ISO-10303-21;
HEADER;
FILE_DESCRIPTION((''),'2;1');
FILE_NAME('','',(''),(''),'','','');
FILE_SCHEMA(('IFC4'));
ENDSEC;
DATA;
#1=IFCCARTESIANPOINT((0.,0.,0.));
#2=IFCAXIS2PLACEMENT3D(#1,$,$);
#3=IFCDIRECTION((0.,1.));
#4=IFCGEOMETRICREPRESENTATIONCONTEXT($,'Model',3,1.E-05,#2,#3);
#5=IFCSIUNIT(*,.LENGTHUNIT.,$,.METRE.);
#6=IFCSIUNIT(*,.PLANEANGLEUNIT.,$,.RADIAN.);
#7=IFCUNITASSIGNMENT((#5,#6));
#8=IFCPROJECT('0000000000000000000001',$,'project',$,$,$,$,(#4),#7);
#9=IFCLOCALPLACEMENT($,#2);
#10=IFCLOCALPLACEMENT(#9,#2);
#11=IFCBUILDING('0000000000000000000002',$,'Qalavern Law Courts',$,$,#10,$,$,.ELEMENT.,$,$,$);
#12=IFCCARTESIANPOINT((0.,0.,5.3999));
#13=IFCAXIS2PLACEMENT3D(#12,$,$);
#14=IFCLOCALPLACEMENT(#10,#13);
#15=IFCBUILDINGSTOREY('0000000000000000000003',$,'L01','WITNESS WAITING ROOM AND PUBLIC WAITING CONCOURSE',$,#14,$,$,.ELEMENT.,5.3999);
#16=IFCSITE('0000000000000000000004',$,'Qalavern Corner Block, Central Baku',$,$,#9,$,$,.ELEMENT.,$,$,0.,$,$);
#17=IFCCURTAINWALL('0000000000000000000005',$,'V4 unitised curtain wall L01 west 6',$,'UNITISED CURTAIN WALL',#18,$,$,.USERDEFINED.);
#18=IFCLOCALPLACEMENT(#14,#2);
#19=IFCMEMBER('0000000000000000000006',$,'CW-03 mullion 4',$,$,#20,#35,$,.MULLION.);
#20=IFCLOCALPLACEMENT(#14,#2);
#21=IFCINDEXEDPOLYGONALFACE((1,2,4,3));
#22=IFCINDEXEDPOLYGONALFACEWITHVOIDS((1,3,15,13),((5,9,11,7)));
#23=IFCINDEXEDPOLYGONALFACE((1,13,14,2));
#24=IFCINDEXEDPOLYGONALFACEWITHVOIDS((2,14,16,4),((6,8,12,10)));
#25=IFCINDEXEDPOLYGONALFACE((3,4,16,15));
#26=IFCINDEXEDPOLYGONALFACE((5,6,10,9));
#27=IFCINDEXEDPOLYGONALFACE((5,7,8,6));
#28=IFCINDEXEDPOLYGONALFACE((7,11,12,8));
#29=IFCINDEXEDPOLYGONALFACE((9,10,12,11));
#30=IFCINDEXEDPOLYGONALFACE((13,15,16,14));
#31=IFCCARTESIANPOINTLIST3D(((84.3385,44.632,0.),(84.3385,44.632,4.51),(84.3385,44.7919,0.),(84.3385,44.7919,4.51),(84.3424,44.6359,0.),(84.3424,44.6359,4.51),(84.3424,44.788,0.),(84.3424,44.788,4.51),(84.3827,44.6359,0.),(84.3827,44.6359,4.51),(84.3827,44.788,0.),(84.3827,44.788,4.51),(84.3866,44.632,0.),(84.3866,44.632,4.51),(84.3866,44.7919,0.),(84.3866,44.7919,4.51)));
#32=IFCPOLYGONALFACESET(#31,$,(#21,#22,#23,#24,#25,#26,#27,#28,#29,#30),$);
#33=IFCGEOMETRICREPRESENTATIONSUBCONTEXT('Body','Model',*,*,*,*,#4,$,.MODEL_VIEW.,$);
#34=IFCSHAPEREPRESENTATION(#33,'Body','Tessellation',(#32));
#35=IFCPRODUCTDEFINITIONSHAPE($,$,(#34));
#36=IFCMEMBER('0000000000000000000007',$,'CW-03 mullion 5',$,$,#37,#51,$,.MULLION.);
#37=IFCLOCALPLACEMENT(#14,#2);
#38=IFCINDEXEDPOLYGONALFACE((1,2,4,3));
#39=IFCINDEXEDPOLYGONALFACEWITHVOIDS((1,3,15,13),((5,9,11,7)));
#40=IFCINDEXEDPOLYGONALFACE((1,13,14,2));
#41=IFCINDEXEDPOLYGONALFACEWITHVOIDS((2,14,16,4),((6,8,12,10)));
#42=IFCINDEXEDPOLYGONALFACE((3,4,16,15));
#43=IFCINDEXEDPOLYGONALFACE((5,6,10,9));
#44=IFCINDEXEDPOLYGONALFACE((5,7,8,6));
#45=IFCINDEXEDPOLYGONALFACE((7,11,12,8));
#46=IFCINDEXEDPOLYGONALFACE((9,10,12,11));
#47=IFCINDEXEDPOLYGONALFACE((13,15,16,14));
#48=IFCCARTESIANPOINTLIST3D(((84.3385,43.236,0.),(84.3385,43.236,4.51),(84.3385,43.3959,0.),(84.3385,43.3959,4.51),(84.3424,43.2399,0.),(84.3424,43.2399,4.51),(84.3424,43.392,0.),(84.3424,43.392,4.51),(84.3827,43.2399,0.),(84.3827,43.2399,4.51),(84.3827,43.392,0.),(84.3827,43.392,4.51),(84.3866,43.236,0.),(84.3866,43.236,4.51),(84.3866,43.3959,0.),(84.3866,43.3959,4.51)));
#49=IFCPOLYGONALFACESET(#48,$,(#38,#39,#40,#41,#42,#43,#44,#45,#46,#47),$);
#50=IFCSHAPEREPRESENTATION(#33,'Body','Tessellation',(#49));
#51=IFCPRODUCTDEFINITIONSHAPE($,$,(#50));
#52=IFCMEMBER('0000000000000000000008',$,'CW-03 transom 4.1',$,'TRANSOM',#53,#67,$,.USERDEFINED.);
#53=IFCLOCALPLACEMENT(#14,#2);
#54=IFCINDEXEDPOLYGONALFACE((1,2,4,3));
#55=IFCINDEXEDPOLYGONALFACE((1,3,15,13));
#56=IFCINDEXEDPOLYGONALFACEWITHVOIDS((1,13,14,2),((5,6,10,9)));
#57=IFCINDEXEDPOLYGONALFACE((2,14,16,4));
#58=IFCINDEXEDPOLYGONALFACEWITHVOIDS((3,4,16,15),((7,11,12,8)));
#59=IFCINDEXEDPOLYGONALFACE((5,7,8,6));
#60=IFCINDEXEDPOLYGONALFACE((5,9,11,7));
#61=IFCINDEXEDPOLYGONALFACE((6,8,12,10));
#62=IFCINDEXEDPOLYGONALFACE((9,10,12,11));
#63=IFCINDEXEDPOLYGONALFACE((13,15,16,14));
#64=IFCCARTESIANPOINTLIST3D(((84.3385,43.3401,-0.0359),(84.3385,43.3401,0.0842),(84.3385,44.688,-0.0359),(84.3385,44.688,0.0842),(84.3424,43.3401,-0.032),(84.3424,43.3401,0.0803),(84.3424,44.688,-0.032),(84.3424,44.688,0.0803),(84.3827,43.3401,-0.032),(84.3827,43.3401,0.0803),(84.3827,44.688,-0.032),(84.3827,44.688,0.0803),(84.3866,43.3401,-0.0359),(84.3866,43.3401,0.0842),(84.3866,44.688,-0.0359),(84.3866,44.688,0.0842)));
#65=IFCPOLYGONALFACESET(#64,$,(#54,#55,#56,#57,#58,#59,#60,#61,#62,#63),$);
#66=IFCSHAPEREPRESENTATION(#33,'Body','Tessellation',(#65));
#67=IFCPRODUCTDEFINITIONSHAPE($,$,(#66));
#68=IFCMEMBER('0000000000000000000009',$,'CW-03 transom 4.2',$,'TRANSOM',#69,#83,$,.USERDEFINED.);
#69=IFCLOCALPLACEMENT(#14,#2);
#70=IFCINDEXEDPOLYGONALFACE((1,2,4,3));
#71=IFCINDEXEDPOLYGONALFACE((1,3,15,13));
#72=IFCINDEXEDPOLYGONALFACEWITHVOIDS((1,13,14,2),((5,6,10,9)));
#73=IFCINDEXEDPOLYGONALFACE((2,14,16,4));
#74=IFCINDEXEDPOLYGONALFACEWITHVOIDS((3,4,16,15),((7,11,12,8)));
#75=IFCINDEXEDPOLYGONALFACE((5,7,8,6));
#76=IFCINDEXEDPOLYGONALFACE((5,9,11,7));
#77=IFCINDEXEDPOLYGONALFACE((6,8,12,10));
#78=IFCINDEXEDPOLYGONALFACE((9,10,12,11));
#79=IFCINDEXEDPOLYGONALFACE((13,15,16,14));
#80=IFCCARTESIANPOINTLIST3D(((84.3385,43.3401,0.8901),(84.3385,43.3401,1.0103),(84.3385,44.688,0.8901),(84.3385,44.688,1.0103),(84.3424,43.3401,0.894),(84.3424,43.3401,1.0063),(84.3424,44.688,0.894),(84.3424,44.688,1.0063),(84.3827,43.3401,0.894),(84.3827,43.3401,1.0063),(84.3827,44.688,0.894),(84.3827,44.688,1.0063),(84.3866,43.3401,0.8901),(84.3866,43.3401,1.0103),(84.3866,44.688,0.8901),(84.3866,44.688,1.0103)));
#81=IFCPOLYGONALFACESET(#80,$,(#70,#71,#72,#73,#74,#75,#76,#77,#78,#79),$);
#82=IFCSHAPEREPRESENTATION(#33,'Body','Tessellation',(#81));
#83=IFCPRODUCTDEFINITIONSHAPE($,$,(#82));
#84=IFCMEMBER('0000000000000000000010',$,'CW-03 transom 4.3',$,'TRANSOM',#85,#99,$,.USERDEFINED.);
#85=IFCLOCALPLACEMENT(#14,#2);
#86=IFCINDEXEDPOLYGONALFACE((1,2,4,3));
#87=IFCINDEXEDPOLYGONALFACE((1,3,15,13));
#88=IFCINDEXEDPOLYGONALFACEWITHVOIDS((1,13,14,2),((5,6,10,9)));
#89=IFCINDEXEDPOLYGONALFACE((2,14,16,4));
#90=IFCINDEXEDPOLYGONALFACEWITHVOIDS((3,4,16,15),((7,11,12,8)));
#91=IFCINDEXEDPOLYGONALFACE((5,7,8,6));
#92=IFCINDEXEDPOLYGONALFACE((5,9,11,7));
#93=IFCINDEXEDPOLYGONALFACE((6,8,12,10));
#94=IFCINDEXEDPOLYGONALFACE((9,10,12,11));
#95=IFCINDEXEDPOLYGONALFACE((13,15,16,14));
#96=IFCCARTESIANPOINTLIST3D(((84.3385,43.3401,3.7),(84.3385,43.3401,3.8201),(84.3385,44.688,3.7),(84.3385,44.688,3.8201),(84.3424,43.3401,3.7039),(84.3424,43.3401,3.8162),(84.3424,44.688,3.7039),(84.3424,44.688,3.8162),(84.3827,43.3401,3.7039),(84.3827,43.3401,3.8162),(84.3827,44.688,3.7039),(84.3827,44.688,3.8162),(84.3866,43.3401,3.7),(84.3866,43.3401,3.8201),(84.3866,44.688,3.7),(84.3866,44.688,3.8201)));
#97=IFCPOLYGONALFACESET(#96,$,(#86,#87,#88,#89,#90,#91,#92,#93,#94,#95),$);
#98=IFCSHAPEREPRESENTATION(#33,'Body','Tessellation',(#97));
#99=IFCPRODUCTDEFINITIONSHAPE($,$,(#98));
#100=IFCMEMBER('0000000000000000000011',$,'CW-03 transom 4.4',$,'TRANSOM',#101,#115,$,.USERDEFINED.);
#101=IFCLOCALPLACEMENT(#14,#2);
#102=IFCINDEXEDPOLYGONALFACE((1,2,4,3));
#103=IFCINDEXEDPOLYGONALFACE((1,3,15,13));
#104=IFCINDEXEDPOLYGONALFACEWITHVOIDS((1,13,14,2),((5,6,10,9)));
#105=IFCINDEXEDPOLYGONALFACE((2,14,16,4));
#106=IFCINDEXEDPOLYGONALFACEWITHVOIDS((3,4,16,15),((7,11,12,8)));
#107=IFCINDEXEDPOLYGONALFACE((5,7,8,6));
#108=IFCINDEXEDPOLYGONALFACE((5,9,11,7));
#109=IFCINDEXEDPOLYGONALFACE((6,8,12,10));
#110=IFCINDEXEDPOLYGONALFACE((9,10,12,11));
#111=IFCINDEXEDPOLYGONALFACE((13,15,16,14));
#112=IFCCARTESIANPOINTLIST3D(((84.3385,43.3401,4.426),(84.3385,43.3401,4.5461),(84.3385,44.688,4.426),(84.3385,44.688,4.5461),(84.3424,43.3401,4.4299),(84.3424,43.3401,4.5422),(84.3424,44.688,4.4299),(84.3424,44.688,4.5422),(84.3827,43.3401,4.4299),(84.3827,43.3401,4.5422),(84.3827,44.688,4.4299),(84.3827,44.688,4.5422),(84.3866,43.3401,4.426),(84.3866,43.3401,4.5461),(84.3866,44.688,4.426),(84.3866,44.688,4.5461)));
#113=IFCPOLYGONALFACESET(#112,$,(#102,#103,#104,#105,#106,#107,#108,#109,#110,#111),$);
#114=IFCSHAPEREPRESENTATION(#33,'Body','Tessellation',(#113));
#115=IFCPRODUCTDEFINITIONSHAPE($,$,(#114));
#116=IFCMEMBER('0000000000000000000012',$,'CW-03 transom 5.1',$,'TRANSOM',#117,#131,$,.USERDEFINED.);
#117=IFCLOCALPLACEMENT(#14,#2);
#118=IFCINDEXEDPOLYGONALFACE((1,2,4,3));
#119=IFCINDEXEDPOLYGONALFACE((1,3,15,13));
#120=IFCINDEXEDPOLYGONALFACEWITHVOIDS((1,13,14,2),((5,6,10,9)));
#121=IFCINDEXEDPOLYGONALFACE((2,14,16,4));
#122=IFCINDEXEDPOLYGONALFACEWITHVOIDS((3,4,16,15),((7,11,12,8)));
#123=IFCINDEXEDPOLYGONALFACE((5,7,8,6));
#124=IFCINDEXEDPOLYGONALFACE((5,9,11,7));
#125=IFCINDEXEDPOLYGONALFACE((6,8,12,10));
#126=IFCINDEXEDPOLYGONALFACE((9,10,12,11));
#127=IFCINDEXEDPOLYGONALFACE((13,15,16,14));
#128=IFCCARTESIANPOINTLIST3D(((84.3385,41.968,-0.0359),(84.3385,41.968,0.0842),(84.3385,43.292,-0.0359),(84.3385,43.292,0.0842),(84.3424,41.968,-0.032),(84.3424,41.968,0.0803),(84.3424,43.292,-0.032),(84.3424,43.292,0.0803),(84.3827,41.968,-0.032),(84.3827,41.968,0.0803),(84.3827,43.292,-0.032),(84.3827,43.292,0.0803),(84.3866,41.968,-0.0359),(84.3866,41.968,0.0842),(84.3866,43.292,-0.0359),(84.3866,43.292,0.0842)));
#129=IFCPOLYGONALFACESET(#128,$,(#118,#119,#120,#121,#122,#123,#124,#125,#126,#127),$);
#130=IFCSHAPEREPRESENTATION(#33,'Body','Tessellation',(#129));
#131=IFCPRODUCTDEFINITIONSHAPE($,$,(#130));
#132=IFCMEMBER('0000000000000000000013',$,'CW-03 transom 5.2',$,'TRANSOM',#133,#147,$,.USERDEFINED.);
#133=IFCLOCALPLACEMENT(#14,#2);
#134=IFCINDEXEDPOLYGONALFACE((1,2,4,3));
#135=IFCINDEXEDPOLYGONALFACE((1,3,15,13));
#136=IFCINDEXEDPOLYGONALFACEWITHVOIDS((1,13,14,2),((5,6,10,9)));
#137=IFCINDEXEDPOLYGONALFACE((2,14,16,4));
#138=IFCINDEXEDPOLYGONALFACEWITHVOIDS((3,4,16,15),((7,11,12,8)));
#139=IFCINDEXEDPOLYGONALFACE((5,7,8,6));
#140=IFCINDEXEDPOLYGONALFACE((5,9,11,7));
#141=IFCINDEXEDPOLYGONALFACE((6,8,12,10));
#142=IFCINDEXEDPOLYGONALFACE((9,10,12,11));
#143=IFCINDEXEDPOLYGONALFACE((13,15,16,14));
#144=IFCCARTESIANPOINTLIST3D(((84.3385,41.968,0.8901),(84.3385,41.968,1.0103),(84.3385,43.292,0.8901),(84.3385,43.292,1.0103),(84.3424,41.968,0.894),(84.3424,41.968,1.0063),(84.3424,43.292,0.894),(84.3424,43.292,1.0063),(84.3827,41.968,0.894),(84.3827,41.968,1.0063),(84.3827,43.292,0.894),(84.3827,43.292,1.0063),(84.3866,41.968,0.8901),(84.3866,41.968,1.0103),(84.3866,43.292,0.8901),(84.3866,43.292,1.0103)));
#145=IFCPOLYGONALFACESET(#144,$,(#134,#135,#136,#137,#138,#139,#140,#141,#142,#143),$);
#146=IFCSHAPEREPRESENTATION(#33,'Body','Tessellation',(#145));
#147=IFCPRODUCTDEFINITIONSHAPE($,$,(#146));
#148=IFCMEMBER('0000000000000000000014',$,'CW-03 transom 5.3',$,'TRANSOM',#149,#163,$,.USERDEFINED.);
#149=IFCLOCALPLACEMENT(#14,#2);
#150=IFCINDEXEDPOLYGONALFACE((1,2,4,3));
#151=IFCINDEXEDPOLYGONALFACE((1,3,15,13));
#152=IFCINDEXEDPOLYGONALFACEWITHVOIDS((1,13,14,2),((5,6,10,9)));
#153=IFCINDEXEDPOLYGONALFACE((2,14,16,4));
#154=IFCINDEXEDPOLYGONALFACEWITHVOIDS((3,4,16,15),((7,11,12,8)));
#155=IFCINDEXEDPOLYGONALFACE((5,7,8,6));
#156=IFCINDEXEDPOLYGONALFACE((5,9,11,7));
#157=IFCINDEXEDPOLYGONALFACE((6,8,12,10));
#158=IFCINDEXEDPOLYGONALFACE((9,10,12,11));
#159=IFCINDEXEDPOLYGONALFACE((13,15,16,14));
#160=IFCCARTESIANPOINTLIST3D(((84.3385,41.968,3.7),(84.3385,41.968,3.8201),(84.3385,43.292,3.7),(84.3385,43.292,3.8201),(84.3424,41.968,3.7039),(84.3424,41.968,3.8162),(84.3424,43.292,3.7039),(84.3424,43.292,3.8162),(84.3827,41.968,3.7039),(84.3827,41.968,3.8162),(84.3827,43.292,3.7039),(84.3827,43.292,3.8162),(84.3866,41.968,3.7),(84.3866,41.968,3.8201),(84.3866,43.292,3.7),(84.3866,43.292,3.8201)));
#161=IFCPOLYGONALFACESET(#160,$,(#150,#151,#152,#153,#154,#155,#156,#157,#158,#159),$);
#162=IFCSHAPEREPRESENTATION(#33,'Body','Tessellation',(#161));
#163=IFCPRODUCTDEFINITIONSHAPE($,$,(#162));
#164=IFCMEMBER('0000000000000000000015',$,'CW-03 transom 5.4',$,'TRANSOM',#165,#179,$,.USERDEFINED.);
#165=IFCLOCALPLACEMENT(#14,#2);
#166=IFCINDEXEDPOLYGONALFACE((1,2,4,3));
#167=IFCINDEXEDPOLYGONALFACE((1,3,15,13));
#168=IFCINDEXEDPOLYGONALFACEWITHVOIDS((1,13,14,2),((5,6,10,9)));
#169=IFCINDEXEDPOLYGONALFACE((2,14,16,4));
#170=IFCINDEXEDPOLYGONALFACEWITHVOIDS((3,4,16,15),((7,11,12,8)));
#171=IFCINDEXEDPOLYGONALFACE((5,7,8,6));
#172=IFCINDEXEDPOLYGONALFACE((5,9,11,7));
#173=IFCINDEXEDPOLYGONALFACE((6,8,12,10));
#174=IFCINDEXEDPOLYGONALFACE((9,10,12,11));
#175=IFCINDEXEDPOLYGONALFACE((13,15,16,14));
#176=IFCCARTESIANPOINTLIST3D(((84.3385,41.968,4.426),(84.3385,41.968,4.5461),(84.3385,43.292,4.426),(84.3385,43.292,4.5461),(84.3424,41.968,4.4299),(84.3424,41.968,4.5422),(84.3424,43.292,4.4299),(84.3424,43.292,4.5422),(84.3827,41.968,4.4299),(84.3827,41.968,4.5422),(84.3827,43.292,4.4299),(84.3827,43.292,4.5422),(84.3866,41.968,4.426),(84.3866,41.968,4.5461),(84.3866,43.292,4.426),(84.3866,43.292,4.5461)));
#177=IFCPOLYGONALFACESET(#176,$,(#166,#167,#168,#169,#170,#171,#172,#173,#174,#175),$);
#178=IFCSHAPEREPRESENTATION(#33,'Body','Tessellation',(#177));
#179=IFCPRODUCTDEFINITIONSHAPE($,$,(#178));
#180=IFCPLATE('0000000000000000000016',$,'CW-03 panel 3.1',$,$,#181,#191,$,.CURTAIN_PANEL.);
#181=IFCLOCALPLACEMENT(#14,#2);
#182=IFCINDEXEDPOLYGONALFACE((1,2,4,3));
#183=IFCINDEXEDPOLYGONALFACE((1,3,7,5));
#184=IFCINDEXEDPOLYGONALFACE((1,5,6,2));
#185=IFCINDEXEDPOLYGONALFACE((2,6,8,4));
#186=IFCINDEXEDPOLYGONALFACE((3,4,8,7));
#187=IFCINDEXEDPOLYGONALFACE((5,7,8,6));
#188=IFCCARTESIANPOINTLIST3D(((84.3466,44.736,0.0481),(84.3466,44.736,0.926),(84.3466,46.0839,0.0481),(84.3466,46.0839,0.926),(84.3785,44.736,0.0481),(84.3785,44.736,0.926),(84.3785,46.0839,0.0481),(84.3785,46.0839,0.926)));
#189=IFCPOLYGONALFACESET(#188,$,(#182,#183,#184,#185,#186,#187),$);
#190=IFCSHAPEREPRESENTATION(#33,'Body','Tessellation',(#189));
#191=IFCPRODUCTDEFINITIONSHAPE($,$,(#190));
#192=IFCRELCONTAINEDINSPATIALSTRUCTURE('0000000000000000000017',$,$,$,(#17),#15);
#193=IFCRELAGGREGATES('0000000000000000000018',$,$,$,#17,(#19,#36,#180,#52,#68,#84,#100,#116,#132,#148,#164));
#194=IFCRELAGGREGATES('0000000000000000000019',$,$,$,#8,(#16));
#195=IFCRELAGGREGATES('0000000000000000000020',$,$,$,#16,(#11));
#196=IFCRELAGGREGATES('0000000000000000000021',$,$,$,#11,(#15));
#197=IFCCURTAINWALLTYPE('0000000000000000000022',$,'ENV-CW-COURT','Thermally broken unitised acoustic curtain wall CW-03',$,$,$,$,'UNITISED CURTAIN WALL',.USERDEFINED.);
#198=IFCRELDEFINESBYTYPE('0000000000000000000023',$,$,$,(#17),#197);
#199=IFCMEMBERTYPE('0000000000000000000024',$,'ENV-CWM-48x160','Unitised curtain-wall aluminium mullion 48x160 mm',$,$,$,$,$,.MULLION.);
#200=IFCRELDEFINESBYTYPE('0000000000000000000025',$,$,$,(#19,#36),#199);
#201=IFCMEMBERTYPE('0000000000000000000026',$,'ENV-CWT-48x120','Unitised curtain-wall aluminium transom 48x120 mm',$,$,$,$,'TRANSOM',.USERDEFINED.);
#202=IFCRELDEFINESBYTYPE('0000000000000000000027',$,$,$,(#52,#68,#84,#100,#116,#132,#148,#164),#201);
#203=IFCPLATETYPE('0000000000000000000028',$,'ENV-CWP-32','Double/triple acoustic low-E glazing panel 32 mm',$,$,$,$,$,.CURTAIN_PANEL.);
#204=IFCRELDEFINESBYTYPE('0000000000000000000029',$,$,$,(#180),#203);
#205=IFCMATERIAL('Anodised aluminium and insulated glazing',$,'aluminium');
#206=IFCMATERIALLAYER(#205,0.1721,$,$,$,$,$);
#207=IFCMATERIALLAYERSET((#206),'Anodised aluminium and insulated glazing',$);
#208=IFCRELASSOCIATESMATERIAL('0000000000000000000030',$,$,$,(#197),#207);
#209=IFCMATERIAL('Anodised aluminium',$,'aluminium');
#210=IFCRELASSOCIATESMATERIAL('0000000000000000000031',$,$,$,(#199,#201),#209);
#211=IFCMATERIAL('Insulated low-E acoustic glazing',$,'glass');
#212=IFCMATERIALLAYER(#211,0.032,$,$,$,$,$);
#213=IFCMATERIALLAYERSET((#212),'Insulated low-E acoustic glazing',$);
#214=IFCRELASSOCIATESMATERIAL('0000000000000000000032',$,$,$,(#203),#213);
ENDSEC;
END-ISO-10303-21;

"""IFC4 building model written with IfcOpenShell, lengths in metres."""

from ifc_helpers import new_model, si_unit, direction, frame, origin, origin_2d, place, context, subcontext, project, spatial, rectangle, hollow_rectangle, extrude, material, layer, layer_set, material_profile, profile_set, type_object, element, aggregate, save


model = new_model("IFC4")

# Units and contexts
model_context = context("Model", 3, precision=1e-05, world=origin(), true_north=direction((0.0, 1.0)))
body_context = subcontext(model_context, "Body", "Model", "MODEL_VIEW")
ifc_project = project(units=[si_unit("LENGTHUNIT", "METRE"), si_unit("PLANEANGLEUNIT", "RADIAN")], contexts=[model_context])

# Site, building, storey
site_placement = place(None, origin())
site = spatial("IfcSite", under=ifc_project, at=site_placement, Name="Qalavern Corner Block, Central Baku", CompositionType="ELEMENT", RefElevation=0.0)
building_placement = place(site_placement, origin())
building = spatial("IfcBuilding", under=site, at=building_placement, Name="Qalavern Law Courts", CompositionType="ELEMENT")
storey_placement = place(building_placement, frame((0.0, 0.0, 5.3999)))
storey = spatial("IfcBuildingStorey", under=building, at=storey_placement, Name="L01", Description="WITNESS WAITING ROOM AND PUBLIC WAITING CONCOURSE", CompositionType="ELEMENT", Elevation=5.3999)

# Curtain wall, members, plate
ifc_material_1 = material(Name="Anodised aluminium and insulated glazing", Category="aluminium")
ifc_layer_1 = layer(ifc_material_1, 0.1721)
ifc_layer_set_1 = layer_set([ifc_layer_1], Name="Anodised aluminium and insulated glazing")
curtain_wall_type = type_object("IfcCurtainWallType", Name="ENV-CW-COURT", Description="Thermally broken unitised acoustic curtain wall CW-03", ElementType="UNITISED CURTAIN WALL", PredefinedType="USERDEFINED", material=ifc_layer_set_1)
curtain_wall_placement = place(storey_placement, origin())
curtain_wall = element("IfcCurtainWall", 1, at=curtain_wall_placement, inside=storey, type_object=curtain_wall_type, Name="V4 unitised curtain wall L01 west 6", ObjectType="UNITISED CURTAIN WALL", PredefinedType="USERDEFINED")
ifc_material_2 = material(Name="Anodised aluminium", Category="aluminium")
ifc_material_profile_1 = material_profile(ifc_material_2, hollow_rectangle(XDim=0.0481, YDim=0.1599, WallThickness=0.0039, at=origin_2d()), Name="ALU MULLION 48x160")
ifc_profile_set_1 = profile_set([ifc_material_profile_1], Name="Anodised aluminium")
member_type_1 = type_object("IfcMemberType", Name="ENV-CWM-48x160", Description="Unitised curtain-wall aluminium mullion 48x160 mm", PredefinedType="MULLION", material=ifc_profile_set_1)
member_1_placement = place(storey_placement, frame((84.3625, 44.7119, 0.0), z_axis=(0.0, 0.0, 1.0), x_axis=(1.0, 0.0, 0.0)))
member_1 = element("IfcMember", 2, at=member_1_placement, type_object=member_type_1, Name="CW-03 mullion 4", PredefinedType="MULLION", context=body_context, shape_type="SweptSolid", body=[
    extrude(hollow_rectangle(XDim=0.0481, YDim=0.1599, WallThickness=0.0039, at=origin_2d()), origin(), (0.0, 0.0, 1.0), 4.51),
])
member_2_placement = place(storey_placement, frame((84.3625, 43.3159, 0.0), z_axis=(0.0, 0.0, 1.0), x_axis=(1.0, 0.0, 0.0)))
member_2 = element("IfcMember", 3, at=member_2_placement, type_object=member_type_1, Name="CW-03 mullion 5", PredefinedType="MULLION", context=body_context, shape_type="SweptSolid", body=[
    extrude(hollow_rectangle(XDim=0.0481, YDim=0.1599, WallThickness=0.0039, at=origin_2d()), origin(), (0.0, 0.0, 1.0), 4.51),
])
ifc_material_profile_2 = material_profile(ifc_material_2, hollow_rectangle(XDim=0.0481, YDim=0.1201, WallThickness=0.0039, at=origin_2d()), Name="ALU TRANSOM 48x120")
ifc_profile_set_2 = profile_set([ifc_material_profile_2], Name="Anodised aluminium")
member_type_2 = type_object("IfcMemberType", Name="ENV-CWT-48x120", Description="Unitised curtain-wall aluminium transom 48x120 mm", ElementType="TRANSOM", PredefinedType="USERDEFINED", material=ifc_profile_set_2)
member_3_placement = place(storey_placement, frame((84.3625, 44.688, 0.0242), z_axis=(0.0, -1.0, 0.0), x_axis=(1.0, 0.0, 0.0)))
member_3 = element("IfcMember", 4, at=member_3_placement, type_object=member_type_2, Name="CW-03 transom 4.1", ObjectType="TRANSOM", PredefinedType="USERDEFINED", context=body_context, shape_type="SweptSolid", body=[
    extrude(hollow_rectangle(XDim=0.0481, YDim=0.1201, WallThickness=0.0039, at=origin_2d()), origin(), (0.0, 0.0, 1.0), 1.3479),
])
member_4_placement = place(storey_placement, frame((84.3625, 44.688, 0.9502), z_axis=(0.0, -1.0, 0.0), x_axis=(1.0, 0.0, 0.0)))
member_4 = element("IfcMember", 5, at=member_4_placement, type_object=member_type_2, Name="CW-03 transom 4.2", ObjectType="TRANSOM", PredefinedType="USERDEFINED", context=body_context, shape_type="SweptSolid", body=[
    extrude(hollow_rectangle(XDim=0.0481, YDim=0.1201, WallThickness=0.0039, at=origin_2d()), origin(), (0.0, 0.0, 1.0), 1.3479),
])
member_5_placement = place(storey_placement, frame((84.3625, 44.688, 3.76), z_axis=(0.0, -1.0, 0.0), x_axis=(1.0, 0.0, 0.0)))
member_5 = element("IfcMember", 6, at=member_5_placement, type_object=member_type_2, Name="CW-03 transom 4.3", ObjectType="TRANSOM", PredefinedType="USERDEFINED", context=body_context, shape_type="SweptSolid", body=[
    extrude(hollow_rectangle(XDim=0.0481, YDim=0.1201, WallThickness=0.0039, at=origin_2d()), origin(), (0.0, 0.0, 1.0), 1.3479),
])
member_6_placement = place(storey_placement, frame((84.3625, 44.688, 4.4861), z_axis=(0.0, -1.0, 0.0), x_axis=(1.0, 0.0, 0.0)))
member_6 = element("IfcMember", 7, at=member_6_placement, type_object=member_type_2, Name="CW-03 transom 4.4", ObjectType="TRANSOM", PredefinedType="USERDEFINED", context=body_context, shape_type="SweptSolid", body=[
    extrude(hollow_rectangle(XDim=0.0481, YDim=0.1201, WallThickness=0.0039, at=origin_2d()), origin(), (0.0, 0.0, 1.0), 1.3479),
])
member_7_placement = place(storey_placement, frame((84.3625, 43.292, 0.0242), z_axis=(0.0, -1.0, 0.0), x_axis=(1.0, 0.0, 0.0)))
member_7 = element("IfcMember", 8, at=member_7_placement, type_object=member_type_2, Name="CW-03 transom 5.1", ObjectType="TRANSOM", PredefinedType="USERDEFINED", context=body_context, shape_type="SweptSolid", body=[
    extrude(hollow_rectangle(XDim=0.0481, YDim=0.1201, WallThickness=0.0039, at=origin_2d()), origin(), (0.0, 0.0, 1.0), 1.324),
])
member_8_placement = place(storey_placement, frame((84.3625, 43.292, 0.9502), z_axis=(0.0, -1.0, 0.0), x_axis=(1.0, 0.0, 0.0)))
member_8 = element("IfcMember", 9, at=member_8_placement, type_object=member_type_2, Name="CW-03 transom 5.2", ObjectType="TRANSOM", PredefinedType="USERDEFINED", context=body_context, shape_type="SweptSolid", body=[
    extrude(hollow_rectangle(XDim=0.0481, YDim=0.1201, WallThickness=0.0039, at=origin_2d()), origin(), (0.0, 0.0, 1.0), 1.324),
])
member_9_placement = place(storey_placement, frame((84.3625, 43.292, 3.76), z_axis=(0.0, -1.0, 0.0), x_axis=(1.0, 0.0, 0.0)))
member_9 = element("IfcMember", 10, at=member_9_placement, type_object=member_type_2, Name="CW-03 transom 5.3", ObjectType="TRANSOM", PredefinedType="USERDEFINED", context=body_context, shape_type="SweptSolid", body=[
    extrude(hollow_rectangle(XDim=0.0481, YDim=0.1201, WallThickness=0.0039, at=origin_2d()), origin(), (0.0, 0.0, 1.0), 1.324),
])
member_10_placement = place(storey_placement, frame((84.3625, 43.292, 4.4861), z_axis=(0.0, -1.0, 0.0), x_axis=(1.0, 0.0, 0.0)))
member_10 = element("IfcMember", 11, at=member_10_placement, type_object=member_type_2, Name="CW-03 transom 5.4", ObjectType="TRANSOM", PredefinedType="USERDEFINED", context=body_context, shape_type="SweptSolid", body=[
    extrude(hollow_rectangle(XDim=0.0481, YDim=0.1201, WallThickness=0.0039, at=origin_2d()), origin(), (0.0, 0.0, 1.0), 1.324),
])
ifc_material_3 = material(Name="Insulated low-E acoustic glazing", Category="glass")
ifc_layer_2 = layer(ifc_material_3, 0.032)
ifc_layer_set_2 = layer_set([ifc_layer_2], Name="Insulated low-E acoustic glazing")
plate_type = type_object("IfcPlateType", Name="ENV-CWP-32", Description="Double/triple acoustic low-E glazing panel 32 mm", PredefinedType="CURTAIN_PANEL", material=ifc_layer_set_2)
plate_1_placement = place(storey_placement, frame((84.3625, 45.4099, 0.0481), z_axis=(0.0, 0.0, 1.0), x_axis=(0.0, -1.0, 0.0)))
plate_1 = element("IfcPlate", 12, at=plate_1_placement, type_object=plate_type, Name="CW-03 panel 3.1", PredefinedType="CURTAIN_PANEL", context=body_context, shape_type="SweptSolid", body=[
    extrude(rectangle(XDim=1.3479, YDim=0.032, at=origin_2d()), origin(), (0.0, 0.0, 1.0), 0.8779),
])
aggregate(curtain_wall, [member_1, member_2, plate_1, member_3, member_4, member_5, member_6, member_7, member_8, member_9, member_10])

save(model, "model.ifc")
